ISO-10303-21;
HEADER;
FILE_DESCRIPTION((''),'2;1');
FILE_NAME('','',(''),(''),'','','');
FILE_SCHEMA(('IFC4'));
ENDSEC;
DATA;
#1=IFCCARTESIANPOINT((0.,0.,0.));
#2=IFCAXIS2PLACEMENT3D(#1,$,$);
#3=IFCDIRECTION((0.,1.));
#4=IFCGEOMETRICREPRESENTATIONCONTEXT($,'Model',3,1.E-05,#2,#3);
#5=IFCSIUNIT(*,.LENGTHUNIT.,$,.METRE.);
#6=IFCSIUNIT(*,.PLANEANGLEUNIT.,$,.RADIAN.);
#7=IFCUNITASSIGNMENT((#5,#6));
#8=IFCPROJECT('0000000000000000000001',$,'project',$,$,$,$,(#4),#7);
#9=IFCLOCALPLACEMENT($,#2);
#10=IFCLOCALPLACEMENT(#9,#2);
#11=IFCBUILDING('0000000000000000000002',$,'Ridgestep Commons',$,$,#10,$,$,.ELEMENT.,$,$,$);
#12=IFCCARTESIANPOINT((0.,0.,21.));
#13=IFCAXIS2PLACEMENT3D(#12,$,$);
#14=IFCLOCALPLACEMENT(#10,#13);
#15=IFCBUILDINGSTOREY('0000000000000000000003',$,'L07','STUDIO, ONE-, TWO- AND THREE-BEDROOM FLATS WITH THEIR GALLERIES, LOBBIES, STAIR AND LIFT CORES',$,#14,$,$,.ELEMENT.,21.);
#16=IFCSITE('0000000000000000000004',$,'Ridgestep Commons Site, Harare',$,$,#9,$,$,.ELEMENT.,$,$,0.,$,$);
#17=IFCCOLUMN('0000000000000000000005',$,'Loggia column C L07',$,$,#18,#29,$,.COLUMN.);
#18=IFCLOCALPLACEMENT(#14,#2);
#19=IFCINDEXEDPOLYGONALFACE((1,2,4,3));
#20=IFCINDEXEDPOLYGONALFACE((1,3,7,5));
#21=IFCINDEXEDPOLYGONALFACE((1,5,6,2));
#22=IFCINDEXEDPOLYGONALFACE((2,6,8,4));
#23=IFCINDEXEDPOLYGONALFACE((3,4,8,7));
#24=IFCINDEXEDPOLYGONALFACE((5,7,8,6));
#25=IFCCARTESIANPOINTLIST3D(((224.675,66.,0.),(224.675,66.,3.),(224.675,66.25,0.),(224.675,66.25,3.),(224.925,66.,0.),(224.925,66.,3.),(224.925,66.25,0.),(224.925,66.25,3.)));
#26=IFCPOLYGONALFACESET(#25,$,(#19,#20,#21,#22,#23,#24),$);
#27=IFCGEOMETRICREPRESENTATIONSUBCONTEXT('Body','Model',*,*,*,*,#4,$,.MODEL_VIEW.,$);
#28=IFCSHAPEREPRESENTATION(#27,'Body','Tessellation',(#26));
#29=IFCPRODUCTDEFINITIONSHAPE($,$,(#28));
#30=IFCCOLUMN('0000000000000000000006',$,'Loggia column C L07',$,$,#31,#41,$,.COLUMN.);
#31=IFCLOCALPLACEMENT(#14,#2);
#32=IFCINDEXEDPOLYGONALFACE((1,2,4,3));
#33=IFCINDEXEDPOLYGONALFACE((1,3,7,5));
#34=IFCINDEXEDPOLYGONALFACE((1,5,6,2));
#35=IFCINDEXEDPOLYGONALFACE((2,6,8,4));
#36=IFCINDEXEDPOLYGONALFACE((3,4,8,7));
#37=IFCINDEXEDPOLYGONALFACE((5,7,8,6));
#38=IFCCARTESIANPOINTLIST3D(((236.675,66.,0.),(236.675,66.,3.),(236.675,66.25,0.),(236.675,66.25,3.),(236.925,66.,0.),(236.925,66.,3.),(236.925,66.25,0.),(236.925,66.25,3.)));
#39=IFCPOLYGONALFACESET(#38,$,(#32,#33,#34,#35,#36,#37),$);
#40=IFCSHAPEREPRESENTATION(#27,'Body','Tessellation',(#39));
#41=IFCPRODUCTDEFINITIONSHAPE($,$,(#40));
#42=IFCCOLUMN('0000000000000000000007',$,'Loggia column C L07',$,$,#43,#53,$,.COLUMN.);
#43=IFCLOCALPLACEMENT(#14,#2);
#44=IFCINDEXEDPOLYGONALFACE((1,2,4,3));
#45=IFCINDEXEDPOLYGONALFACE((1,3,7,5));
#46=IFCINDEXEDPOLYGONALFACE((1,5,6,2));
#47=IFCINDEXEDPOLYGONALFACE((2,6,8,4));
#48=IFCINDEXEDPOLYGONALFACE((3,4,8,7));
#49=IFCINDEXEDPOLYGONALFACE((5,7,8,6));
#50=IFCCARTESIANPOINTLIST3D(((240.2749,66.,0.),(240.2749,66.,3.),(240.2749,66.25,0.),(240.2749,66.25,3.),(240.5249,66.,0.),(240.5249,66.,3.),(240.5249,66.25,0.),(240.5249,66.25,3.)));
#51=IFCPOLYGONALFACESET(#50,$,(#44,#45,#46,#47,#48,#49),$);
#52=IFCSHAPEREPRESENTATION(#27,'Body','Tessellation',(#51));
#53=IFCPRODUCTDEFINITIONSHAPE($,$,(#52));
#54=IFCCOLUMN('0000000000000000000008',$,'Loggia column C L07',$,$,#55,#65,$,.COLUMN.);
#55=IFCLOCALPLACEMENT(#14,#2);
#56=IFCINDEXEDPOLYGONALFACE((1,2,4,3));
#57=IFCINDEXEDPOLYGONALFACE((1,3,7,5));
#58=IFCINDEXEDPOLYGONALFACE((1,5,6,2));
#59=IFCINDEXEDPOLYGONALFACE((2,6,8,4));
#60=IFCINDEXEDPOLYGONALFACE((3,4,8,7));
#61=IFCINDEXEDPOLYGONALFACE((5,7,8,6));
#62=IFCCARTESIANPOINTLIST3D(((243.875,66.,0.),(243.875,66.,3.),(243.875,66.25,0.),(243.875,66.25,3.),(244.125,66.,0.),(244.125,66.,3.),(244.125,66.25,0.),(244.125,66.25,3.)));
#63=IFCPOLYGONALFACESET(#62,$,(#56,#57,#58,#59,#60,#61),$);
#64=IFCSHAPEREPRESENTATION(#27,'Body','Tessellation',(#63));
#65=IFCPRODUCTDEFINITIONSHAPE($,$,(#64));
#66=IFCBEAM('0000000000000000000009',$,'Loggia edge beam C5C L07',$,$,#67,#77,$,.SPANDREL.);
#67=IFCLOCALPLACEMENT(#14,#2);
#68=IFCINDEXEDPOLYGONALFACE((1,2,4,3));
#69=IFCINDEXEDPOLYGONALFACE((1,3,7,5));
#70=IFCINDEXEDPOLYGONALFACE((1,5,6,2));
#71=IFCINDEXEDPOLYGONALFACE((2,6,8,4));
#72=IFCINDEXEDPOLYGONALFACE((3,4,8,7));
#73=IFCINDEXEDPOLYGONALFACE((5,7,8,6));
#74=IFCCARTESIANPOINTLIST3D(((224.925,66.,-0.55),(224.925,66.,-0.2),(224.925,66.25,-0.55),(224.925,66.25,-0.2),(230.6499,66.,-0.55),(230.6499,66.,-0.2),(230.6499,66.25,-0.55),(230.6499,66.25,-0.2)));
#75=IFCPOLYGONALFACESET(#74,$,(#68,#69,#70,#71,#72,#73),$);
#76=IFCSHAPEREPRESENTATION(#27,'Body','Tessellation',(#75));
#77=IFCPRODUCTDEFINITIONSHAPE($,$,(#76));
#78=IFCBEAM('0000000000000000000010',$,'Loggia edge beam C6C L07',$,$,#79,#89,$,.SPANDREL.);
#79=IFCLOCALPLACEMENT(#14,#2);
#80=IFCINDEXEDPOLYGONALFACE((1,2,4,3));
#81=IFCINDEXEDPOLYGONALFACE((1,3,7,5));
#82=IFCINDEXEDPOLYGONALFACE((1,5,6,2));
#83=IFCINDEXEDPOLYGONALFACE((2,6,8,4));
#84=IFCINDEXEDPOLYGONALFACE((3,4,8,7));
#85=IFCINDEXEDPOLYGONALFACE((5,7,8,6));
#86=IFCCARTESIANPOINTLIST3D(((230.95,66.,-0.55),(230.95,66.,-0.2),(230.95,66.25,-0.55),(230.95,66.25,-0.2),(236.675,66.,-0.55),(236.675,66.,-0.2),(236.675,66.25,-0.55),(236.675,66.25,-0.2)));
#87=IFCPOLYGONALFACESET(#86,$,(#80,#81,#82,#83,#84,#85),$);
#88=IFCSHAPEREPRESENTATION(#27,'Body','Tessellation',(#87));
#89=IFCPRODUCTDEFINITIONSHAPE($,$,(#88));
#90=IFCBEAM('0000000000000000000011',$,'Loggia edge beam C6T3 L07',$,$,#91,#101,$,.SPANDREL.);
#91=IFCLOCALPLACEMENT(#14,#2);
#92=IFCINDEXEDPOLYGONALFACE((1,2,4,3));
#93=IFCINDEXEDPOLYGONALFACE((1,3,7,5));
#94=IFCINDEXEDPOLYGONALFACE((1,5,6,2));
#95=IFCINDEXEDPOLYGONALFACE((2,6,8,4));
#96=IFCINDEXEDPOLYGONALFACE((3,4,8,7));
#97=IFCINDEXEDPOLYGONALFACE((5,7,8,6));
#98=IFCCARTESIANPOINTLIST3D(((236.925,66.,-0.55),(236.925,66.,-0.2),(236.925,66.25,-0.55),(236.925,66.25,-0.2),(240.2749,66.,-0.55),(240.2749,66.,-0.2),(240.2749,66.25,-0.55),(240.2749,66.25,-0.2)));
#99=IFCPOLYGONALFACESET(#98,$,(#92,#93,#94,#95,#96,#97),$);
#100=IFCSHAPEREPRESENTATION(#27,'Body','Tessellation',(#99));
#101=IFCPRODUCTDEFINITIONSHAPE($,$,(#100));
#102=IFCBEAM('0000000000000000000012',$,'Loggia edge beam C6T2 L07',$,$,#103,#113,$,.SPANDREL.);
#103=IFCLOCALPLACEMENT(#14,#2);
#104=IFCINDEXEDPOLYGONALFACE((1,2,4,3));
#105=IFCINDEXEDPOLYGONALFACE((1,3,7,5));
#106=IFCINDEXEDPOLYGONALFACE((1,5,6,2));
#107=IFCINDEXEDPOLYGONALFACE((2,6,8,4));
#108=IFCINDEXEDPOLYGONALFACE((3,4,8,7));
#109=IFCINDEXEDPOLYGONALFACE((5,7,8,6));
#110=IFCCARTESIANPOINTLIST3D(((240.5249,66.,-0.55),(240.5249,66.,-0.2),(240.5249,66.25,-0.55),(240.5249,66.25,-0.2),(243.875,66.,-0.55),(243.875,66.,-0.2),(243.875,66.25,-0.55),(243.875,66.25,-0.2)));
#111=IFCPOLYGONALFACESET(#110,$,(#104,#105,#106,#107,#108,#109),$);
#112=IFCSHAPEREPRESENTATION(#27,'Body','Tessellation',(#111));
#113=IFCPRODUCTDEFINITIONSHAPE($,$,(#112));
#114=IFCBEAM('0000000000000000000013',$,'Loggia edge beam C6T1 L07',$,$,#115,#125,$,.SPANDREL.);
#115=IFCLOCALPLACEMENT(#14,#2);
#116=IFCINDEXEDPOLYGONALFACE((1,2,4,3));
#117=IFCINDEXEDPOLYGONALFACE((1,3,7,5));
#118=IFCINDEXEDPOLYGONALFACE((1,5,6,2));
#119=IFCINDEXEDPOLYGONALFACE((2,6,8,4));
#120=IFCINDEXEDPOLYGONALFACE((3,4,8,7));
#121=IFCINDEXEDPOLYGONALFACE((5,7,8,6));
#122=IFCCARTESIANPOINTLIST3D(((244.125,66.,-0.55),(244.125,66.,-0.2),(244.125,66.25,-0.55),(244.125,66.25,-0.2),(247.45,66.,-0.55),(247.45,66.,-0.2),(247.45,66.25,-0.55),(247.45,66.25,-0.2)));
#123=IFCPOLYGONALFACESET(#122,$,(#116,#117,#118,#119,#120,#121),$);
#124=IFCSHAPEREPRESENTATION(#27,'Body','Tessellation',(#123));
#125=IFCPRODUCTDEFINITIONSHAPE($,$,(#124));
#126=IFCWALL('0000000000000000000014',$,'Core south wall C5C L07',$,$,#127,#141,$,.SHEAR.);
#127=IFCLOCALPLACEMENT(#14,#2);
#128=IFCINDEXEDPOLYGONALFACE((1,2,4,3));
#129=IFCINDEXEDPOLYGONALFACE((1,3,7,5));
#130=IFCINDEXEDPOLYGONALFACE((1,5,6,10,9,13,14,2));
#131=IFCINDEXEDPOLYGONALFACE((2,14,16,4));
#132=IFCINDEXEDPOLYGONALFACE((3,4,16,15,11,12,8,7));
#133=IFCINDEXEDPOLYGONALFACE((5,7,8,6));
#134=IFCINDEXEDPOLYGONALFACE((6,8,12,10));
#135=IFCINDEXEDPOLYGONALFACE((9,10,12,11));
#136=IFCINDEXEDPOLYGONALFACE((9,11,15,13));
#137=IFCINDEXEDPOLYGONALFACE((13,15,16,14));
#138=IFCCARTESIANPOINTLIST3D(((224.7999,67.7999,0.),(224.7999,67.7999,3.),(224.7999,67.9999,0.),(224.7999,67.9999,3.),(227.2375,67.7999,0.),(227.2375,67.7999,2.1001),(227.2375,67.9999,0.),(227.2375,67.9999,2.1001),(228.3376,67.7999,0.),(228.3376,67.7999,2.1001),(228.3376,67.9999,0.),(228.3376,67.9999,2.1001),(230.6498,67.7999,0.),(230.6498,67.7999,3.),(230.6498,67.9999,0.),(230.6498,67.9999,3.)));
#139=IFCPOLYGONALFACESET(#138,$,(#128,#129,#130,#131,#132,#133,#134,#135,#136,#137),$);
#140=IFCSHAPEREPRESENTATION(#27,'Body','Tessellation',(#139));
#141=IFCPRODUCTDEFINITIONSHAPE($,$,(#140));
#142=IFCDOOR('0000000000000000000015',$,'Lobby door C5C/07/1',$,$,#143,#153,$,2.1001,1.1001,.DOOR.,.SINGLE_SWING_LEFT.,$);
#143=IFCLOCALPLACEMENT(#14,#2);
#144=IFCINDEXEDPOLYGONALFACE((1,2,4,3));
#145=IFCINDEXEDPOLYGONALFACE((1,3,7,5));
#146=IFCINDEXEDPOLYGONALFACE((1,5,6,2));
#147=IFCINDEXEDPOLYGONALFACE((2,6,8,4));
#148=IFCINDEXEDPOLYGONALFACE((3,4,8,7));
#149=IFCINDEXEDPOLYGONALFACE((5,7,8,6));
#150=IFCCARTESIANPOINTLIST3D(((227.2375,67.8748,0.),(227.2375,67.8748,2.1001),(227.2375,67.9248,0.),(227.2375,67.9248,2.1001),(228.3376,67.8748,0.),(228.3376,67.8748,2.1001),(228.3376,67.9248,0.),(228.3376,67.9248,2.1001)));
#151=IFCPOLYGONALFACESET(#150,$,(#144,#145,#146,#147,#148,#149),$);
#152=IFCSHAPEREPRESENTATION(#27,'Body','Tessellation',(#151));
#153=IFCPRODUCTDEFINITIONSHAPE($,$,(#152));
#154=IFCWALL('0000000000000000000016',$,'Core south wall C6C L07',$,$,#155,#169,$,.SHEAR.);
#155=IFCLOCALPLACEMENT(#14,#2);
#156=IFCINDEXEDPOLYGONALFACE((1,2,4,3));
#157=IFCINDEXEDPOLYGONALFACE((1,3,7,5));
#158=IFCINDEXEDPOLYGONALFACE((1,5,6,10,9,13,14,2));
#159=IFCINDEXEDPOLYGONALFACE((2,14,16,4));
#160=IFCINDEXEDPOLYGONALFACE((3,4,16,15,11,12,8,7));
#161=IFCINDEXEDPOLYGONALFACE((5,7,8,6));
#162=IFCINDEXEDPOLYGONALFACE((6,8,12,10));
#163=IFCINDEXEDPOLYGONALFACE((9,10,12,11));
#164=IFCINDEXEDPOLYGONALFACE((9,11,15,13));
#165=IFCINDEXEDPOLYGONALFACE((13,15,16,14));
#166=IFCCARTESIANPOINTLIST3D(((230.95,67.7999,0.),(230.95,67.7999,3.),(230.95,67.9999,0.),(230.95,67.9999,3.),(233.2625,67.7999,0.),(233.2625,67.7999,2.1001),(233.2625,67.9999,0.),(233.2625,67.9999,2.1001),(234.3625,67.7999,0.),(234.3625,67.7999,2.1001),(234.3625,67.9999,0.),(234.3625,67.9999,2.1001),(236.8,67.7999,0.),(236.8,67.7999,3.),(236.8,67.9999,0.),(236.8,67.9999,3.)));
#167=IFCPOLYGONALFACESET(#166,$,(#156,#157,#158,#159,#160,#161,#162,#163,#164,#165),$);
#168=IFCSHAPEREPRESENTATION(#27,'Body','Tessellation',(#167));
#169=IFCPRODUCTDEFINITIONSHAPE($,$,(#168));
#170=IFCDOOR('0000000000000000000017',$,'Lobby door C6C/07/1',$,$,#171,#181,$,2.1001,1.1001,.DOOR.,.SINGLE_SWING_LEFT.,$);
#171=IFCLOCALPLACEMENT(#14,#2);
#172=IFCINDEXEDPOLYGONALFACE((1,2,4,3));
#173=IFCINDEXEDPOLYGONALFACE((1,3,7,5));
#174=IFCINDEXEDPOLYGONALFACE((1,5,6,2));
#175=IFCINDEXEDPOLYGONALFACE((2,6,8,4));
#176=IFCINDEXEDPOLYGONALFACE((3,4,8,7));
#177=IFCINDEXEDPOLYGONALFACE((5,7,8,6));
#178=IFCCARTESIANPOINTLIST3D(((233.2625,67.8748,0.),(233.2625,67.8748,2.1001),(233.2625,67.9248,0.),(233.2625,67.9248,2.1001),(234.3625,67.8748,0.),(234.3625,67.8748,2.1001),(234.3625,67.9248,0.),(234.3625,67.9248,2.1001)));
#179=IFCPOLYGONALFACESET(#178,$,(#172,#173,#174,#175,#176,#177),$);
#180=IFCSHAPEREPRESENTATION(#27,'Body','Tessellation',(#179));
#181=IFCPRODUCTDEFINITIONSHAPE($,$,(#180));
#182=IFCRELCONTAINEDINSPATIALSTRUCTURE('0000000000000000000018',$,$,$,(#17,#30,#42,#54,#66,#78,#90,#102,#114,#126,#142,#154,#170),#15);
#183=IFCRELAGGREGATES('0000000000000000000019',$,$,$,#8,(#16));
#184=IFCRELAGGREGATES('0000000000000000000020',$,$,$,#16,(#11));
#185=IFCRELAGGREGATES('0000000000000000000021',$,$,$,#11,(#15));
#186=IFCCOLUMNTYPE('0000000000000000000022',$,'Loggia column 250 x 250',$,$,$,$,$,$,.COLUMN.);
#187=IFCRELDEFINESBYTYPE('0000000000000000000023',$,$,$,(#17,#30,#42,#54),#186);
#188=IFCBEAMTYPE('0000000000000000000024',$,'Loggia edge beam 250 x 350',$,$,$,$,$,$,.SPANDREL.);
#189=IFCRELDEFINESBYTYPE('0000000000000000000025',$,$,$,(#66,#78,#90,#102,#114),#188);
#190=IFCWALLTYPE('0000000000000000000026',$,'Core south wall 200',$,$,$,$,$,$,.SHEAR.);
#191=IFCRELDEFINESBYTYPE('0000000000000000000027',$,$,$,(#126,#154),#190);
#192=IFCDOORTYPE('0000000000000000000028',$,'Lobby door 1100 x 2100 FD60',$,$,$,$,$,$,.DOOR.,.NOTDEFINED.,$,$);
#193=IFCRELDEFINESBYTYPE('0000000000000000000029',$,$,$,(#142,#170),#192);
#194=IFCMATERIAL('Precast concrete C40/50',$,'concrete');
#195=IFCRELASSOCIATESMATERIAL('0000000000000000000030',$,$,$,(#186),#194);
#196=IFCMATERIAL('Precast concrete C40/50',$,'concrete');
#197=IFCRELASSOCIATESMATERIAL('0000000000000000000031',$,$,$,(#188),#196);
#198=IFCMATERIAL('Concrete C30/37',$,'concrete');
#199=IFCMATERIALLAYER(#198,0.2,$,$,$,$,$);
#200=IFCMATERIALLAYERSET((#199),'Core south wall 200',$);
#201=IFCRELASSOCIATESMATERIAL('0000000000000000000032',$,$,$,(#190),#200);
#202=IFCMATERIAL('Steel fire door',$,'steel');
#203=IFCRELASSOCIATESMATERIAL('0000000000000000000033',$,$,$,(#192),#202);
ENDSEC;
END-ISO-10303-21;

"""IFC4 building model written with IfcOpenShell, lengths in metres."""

from ifc_helpers import new_model, si_unit, direction, frame, frame_2d, origin, origin_2d, place, context, subcontext, project, spatial, rectangle, extrude, material, layer, layer_set, material_profile, profile_set, type_object, element, fill, save


model = new_model("IFC4")

# Units and contexts
model_context = context("Model", 3, precision=1e-05, world=origin(), true_north=direction((0.0, 1.0)))
body_context = subcontext(model_context, "Body", "Model", "MODEL_VIEW")
ifc_project = project(units=[si_unit("LENGTHUNIT", "METRE"), si_unit("PLANEANGLEUNIT", "RADIAN")], contexts=[model_context])

# Site, building, storey
site_placement = place(None, origin())
site = spatial("IfcSite", under=ifc_project, at=site_placement, Name="Ridgestep Commons Site, Harare", CompositionType="ELEMENT", RefElevation=0.0)
building_placement = place(site_placement, origin())
building = spatial("IfcBuilding", under=site, at=building_placement, Name="Ridgestep Commons", CompositionType="ELEMENT")
storey_placement = place(building_placement, frame((0.0, 0.0, 21.0)))
storey = spatial("IfcBuildingStorey", under=building, at=storey_placement, Name="L07", Description="STUDIO, ONE-, TWO- AND THREE-BEDROOM FLATS WITH THEIR GALLERIES, LOBBIES, STAIR AND LIFT CORES", CompositionType="ELEMENT", Elevation=21.0)

# Columns
ifc_material_1 = material(Name="Precast concrete C40/50", Category="concrete")
ifc_material_profile_1 = material_profile(ifc_material_1, rectangle(XDim=0.25, YDim=0.25, at=origin_2d()), Name="PC 250x250")
ifc_profile_set_1 = profile_set([ifc_material_profile_1], Name="Precast concrete C40/50")
column_type = type_object("IfcColumnType", Name="Loggia column 250 x 250", PredefinedType="COLUMN", material=ifc_profile_set_1)
for number, where, z_axis, x_axis, name in (
    (1, (224.8, 66.125, 0.0), (0.0, 0.0, 1.0), (1.0, 0.0, 0.0), "Loggia column C L07"),
    (2, (236.8, 66.125, 0.0), (0.0, 0.0, 1.0), (1.0, 0.0, 0.0), "Loggia column C L07"),
    (3, (240.3999, 66.125, 0.0), (0.0, 0.0, 1.0), (1.0, 0.0, 0.0), "Loggia column C L07"),
    (4, (244.0, 66.125, 0.0), (0.0, 0.0, 1.0), (1.0, 0.0, 0.0), "Loggia column C L07"),
):
    element("IfcColumn", number, at=place(storey_placement, frame(where, z_axis=z_axis, x_axis=x_axis)), inside=storey, type_object=column_type, Name=name, PredefinedType="COLUMN", context=body_context, shape_type="SweptSolid", body=[
        extrude(rectangle(XDim=0.25, YDim=0.25, at=origin_2d()), origin(), (0.0, 0.0, 1.0), 3.0),
    ])

# Beams
ifc_material_2 = material(Name="Precast concrete C40/50", Category="concrete")
ifc_material_profile_2 = material_profile(ifc_material_2, rectangle(XDim=0.25, YDim=0.3501, at=origin_2d()), Name="PC 250x350")
ifc_profile_set_2 = profile_set([ifc_material_profile_2], Name="Precast concrete C40/50")
beam_type = type_object("IfcBeamType", Name="Loggia edge beam 250 x 350", PredefinedType="SPANDREL", material=ifc_profile_set_2)
beam_1_placement = place(storey_placement, frame((224.925, 66.125, -0.375), z_axis=(1.0, 0.0, 0.0), x_axis=(0.0, 1.0, 0.0)))
element("IfcBeam", 5, at=beam_1_placement, inside=storey, type_object=beam_type, Name="Loggia edge beam C5C L07", PredefinedType="SPANDREL", context=body_context, shape_type="SweptSolid", body=[
    extrude(rectangle(XDim=0.25, YDim=0.3501, at=origin_2d()), origin(), (0.0, 0.0, 1.0), 5.7249),
])
beam_2_placement = place(storey_placement, frame((230.95, 66.125, -0.375), z_axis=(1.0, 0.0, 0.0), x_axis=(0.0, 1.0, 0.0)))
element("IfcBeam", 6, at=beam_2_placement, inside=storey, type_object=beam_type, Name="Loggia edge beam C6C L07", PredefinedType="SPANDREL", context=body_context, shape_type="SweptSolid", body=[
    extrude(rectangle(XDim=0.25, YDim=0.3501, at=origin_2d()), origin(), (0.0, 0.0, 1.0), 5.7251),
])
beam_3_placement = place(storey_placement, frame((236.925, 66.125, -0.375), z_axis=(1.0, 0.0, 0.0), x_axis=(0.0, 1.0, 0.0)))
element("IfcBeam", 7, at=beam_3_placement, inside=storey, type_object=beam_type, Name="Loggia edge beam C6T3 L07", PredefinedType="SPANDREL", context=body_context, shape_type="SweptSolid", body=[
    extrude(rectangle(XDim=0.25, YDim=0.3501, at=origin_2d()), origin(), (0.0, 0.0, 1.0), 3.3499),
])
beam_4_placement = place(storey_placement, frame((240.5249, 66.125, -0.375), z_axis=(1.0, 0.0, 0.0), x_axis=(0.0, 1.0, 0.0)))
element("IfcBeam", 8, at=beam_4_placement, inside=storey, type_object=beam_type, Name="Loggia edge beam C6T2 L07", PredefinedType="SPANDREL", context=body_context, shape_type="SweptSolid", body=[
    extrude(rectangle(XDim=0.25, YDim=0.3501, at=origin_2d()), origin(), (0.0, 0.0, 1.0), 3.3501),
])
beam_5_placement = place(storey_placement, frame((244.125, 66.125, -0.375), z_axis=(1.0, 0.0, 0.0), x_axis=(0.0, 1.0, 0.0)))
element("IfcBeam", 9, at=beam_5_placement, inside=storey, type_object=beam_type, Name="Loggia edge beam C6T1 L07", PredefinedType="SPANDREL", context=body_context, shape_type="SweptSolid", body=[
    extrude(rectangle(XDim=0.25, YDim=0.3501, at=origin_2d()), origin(), (0.0, 0.0, 1.0), 3.325),
])

# Walls, openings, doors
ifc_material_3 = material(Name="Concrete C30/37", Category="concrete")
ifc_layer_1 = layer(ifc_material_3, 0.2)
ifc_layer_set_1 = layer_set([ifc_layer_1], Name="Core south wall 200")
wall_type_1 = type_object("IfcWallType", Name="Core south wall 200", PredefinedType="SHEAR", material=ifc_layer_set_1)
wall_1_placement = place(storey_placement, frame((224.8, 67.8999, 0.0), z_axis=(0.0, 0.0, 1.0), x_axis=(1.0, 0.0, 0.0)))
wall_1 = element("IfcWall", 10, at=wall_1_placement, inside=storey, type_object=wall_type_1, Name="Core south wall C5C L07", PredefinedType="SHEAR", context=body_context, shape_type="SweptSolid", body=[
    extrude(rectangle(XDim=5.8499, YDim=0.2, at=frame_2d((2.9248, 0.0))), origin(), (0.0, 0.0, 1.0), 3.0),
])
opening_1_placement = place(wall_1_placement, frame((2.4375, 0.0, 0.0)))
opening_1 = element("IfcOpeningElement", 11, at=opening_1_placement, cuts=wall_1, PredefinedType="OPENING", context=body_context, shape_type="SweptSolid", body=[
    extrude(rectangle(XDim=1.1001, YDim=2.1001, at=frame_2d((0.55, 1.05))), frame((0.0, 0.1099, 0.0), z_axis=(0.0, -1.0, 0.0), x_axis=(1.0, 0.0, 0.0)), (0.0, 0.0, 1.0), 0.22),
])
ifc_material_4 = material(Name="Steel fire door", Category="steel")
door_type_1 = type_object("IfcDoorType", Name="Lobby door 1100 x 2100 FD60", OperationType="NOTDEFINED", PredefinedType="DOOR", material=ifc_material_4)
door_1_placement = place(opening_1_placement, origin())
door_1 = element("IfcDoor", 12, at=door_1_placement, inside=storey, type_object=door_type_1, Name="Lobby door C5C/07/1", OperationType="SINGLE_SWING_LEFT", OverallHeight=2.1001, OverallWidth=1.1001, PredefinedType="DOOR", context=body_context, shape_type="SweptSolid", body=[
    extrude(rectangle(XDim=1.1001, YDim=2.1001, at=frame_2d((0.55, 1.05))), frame((0.0, 0.0249, 0.0), z_axis=(0.0, -1.0, 0.0), x_axis=(1.0, 0.0, 0.0)), (0.0, 0.0, 1.0), 0.05),
])
fill(opening_1, door_1)
wall_2_placement = place(storey_placement, frame((230.95, 67.8999, 0.0), z_axis=(0.0, 0.0, 1.0), x_axis=(1.0, 0.0, 0.0)))
wall_2 = element("IfcWall", 13, at=wall_2_placement, inside=storey, type_object=wall_type_1, Name="Core south wall C6C L07", PredefinedType="SHEAR", context=body_context, shape_type="SweptSolid", body=[
    extrude(rectangle(XDim=5.8501, YDim=0.2, at=frame_2d((2.925, 0.0))), origin(), (0.0, 0.0, 1.0), 3.0),
])
opening_2_placement = place(wall_2_placement, frame((2.3125, 0.0, 0.0)))
opening_2 = element("IfcOpeningElement", 14, at=opening_2_placement, cuts=wall_2, PredefinedType="OPENING", context=body_context, shape_type="SweptSolid", body=[
    extrude(rectangle(XDim=1.1001, YDim=2.1001, at=frame_2d((0.55, 1.05))), frame((0.0, 0.1099, 0.0), z_axis=(0.0, -1.0, 0.0), x_axis=(1.0, 0.0, 0.0)), (0.0, 0.0, 1.0), 0.22),
])
door_2_placement = place(opening_2_placement, origin())
door_2 = element("IfcDoor", 15, at=door_2_placement, inside=storey, type_object=door_type_1, Name="Lobby door C6C/07/1", OperationType="SINGLE_SWING_LEFT", OverallHeight=2.1001, OverallWidth=1.1001, PredefinedType="DOOR", context=body_context, shape_type="SweptSolid", body=[
    extrude(rectangle(XDim=1.1001, YDim=2.1001, at=frame_2d((0.55, 1.05))), frame((0.0, 0.0249, 0.0), z_axis=(0.0, -1.0, 0.0), x_axis=(1.0, 0.0, 0.0)), (0.0, 0.0, 1.0), 0.05),
])
fill(opening_2, door_2)

save(model, "model.ifc")
